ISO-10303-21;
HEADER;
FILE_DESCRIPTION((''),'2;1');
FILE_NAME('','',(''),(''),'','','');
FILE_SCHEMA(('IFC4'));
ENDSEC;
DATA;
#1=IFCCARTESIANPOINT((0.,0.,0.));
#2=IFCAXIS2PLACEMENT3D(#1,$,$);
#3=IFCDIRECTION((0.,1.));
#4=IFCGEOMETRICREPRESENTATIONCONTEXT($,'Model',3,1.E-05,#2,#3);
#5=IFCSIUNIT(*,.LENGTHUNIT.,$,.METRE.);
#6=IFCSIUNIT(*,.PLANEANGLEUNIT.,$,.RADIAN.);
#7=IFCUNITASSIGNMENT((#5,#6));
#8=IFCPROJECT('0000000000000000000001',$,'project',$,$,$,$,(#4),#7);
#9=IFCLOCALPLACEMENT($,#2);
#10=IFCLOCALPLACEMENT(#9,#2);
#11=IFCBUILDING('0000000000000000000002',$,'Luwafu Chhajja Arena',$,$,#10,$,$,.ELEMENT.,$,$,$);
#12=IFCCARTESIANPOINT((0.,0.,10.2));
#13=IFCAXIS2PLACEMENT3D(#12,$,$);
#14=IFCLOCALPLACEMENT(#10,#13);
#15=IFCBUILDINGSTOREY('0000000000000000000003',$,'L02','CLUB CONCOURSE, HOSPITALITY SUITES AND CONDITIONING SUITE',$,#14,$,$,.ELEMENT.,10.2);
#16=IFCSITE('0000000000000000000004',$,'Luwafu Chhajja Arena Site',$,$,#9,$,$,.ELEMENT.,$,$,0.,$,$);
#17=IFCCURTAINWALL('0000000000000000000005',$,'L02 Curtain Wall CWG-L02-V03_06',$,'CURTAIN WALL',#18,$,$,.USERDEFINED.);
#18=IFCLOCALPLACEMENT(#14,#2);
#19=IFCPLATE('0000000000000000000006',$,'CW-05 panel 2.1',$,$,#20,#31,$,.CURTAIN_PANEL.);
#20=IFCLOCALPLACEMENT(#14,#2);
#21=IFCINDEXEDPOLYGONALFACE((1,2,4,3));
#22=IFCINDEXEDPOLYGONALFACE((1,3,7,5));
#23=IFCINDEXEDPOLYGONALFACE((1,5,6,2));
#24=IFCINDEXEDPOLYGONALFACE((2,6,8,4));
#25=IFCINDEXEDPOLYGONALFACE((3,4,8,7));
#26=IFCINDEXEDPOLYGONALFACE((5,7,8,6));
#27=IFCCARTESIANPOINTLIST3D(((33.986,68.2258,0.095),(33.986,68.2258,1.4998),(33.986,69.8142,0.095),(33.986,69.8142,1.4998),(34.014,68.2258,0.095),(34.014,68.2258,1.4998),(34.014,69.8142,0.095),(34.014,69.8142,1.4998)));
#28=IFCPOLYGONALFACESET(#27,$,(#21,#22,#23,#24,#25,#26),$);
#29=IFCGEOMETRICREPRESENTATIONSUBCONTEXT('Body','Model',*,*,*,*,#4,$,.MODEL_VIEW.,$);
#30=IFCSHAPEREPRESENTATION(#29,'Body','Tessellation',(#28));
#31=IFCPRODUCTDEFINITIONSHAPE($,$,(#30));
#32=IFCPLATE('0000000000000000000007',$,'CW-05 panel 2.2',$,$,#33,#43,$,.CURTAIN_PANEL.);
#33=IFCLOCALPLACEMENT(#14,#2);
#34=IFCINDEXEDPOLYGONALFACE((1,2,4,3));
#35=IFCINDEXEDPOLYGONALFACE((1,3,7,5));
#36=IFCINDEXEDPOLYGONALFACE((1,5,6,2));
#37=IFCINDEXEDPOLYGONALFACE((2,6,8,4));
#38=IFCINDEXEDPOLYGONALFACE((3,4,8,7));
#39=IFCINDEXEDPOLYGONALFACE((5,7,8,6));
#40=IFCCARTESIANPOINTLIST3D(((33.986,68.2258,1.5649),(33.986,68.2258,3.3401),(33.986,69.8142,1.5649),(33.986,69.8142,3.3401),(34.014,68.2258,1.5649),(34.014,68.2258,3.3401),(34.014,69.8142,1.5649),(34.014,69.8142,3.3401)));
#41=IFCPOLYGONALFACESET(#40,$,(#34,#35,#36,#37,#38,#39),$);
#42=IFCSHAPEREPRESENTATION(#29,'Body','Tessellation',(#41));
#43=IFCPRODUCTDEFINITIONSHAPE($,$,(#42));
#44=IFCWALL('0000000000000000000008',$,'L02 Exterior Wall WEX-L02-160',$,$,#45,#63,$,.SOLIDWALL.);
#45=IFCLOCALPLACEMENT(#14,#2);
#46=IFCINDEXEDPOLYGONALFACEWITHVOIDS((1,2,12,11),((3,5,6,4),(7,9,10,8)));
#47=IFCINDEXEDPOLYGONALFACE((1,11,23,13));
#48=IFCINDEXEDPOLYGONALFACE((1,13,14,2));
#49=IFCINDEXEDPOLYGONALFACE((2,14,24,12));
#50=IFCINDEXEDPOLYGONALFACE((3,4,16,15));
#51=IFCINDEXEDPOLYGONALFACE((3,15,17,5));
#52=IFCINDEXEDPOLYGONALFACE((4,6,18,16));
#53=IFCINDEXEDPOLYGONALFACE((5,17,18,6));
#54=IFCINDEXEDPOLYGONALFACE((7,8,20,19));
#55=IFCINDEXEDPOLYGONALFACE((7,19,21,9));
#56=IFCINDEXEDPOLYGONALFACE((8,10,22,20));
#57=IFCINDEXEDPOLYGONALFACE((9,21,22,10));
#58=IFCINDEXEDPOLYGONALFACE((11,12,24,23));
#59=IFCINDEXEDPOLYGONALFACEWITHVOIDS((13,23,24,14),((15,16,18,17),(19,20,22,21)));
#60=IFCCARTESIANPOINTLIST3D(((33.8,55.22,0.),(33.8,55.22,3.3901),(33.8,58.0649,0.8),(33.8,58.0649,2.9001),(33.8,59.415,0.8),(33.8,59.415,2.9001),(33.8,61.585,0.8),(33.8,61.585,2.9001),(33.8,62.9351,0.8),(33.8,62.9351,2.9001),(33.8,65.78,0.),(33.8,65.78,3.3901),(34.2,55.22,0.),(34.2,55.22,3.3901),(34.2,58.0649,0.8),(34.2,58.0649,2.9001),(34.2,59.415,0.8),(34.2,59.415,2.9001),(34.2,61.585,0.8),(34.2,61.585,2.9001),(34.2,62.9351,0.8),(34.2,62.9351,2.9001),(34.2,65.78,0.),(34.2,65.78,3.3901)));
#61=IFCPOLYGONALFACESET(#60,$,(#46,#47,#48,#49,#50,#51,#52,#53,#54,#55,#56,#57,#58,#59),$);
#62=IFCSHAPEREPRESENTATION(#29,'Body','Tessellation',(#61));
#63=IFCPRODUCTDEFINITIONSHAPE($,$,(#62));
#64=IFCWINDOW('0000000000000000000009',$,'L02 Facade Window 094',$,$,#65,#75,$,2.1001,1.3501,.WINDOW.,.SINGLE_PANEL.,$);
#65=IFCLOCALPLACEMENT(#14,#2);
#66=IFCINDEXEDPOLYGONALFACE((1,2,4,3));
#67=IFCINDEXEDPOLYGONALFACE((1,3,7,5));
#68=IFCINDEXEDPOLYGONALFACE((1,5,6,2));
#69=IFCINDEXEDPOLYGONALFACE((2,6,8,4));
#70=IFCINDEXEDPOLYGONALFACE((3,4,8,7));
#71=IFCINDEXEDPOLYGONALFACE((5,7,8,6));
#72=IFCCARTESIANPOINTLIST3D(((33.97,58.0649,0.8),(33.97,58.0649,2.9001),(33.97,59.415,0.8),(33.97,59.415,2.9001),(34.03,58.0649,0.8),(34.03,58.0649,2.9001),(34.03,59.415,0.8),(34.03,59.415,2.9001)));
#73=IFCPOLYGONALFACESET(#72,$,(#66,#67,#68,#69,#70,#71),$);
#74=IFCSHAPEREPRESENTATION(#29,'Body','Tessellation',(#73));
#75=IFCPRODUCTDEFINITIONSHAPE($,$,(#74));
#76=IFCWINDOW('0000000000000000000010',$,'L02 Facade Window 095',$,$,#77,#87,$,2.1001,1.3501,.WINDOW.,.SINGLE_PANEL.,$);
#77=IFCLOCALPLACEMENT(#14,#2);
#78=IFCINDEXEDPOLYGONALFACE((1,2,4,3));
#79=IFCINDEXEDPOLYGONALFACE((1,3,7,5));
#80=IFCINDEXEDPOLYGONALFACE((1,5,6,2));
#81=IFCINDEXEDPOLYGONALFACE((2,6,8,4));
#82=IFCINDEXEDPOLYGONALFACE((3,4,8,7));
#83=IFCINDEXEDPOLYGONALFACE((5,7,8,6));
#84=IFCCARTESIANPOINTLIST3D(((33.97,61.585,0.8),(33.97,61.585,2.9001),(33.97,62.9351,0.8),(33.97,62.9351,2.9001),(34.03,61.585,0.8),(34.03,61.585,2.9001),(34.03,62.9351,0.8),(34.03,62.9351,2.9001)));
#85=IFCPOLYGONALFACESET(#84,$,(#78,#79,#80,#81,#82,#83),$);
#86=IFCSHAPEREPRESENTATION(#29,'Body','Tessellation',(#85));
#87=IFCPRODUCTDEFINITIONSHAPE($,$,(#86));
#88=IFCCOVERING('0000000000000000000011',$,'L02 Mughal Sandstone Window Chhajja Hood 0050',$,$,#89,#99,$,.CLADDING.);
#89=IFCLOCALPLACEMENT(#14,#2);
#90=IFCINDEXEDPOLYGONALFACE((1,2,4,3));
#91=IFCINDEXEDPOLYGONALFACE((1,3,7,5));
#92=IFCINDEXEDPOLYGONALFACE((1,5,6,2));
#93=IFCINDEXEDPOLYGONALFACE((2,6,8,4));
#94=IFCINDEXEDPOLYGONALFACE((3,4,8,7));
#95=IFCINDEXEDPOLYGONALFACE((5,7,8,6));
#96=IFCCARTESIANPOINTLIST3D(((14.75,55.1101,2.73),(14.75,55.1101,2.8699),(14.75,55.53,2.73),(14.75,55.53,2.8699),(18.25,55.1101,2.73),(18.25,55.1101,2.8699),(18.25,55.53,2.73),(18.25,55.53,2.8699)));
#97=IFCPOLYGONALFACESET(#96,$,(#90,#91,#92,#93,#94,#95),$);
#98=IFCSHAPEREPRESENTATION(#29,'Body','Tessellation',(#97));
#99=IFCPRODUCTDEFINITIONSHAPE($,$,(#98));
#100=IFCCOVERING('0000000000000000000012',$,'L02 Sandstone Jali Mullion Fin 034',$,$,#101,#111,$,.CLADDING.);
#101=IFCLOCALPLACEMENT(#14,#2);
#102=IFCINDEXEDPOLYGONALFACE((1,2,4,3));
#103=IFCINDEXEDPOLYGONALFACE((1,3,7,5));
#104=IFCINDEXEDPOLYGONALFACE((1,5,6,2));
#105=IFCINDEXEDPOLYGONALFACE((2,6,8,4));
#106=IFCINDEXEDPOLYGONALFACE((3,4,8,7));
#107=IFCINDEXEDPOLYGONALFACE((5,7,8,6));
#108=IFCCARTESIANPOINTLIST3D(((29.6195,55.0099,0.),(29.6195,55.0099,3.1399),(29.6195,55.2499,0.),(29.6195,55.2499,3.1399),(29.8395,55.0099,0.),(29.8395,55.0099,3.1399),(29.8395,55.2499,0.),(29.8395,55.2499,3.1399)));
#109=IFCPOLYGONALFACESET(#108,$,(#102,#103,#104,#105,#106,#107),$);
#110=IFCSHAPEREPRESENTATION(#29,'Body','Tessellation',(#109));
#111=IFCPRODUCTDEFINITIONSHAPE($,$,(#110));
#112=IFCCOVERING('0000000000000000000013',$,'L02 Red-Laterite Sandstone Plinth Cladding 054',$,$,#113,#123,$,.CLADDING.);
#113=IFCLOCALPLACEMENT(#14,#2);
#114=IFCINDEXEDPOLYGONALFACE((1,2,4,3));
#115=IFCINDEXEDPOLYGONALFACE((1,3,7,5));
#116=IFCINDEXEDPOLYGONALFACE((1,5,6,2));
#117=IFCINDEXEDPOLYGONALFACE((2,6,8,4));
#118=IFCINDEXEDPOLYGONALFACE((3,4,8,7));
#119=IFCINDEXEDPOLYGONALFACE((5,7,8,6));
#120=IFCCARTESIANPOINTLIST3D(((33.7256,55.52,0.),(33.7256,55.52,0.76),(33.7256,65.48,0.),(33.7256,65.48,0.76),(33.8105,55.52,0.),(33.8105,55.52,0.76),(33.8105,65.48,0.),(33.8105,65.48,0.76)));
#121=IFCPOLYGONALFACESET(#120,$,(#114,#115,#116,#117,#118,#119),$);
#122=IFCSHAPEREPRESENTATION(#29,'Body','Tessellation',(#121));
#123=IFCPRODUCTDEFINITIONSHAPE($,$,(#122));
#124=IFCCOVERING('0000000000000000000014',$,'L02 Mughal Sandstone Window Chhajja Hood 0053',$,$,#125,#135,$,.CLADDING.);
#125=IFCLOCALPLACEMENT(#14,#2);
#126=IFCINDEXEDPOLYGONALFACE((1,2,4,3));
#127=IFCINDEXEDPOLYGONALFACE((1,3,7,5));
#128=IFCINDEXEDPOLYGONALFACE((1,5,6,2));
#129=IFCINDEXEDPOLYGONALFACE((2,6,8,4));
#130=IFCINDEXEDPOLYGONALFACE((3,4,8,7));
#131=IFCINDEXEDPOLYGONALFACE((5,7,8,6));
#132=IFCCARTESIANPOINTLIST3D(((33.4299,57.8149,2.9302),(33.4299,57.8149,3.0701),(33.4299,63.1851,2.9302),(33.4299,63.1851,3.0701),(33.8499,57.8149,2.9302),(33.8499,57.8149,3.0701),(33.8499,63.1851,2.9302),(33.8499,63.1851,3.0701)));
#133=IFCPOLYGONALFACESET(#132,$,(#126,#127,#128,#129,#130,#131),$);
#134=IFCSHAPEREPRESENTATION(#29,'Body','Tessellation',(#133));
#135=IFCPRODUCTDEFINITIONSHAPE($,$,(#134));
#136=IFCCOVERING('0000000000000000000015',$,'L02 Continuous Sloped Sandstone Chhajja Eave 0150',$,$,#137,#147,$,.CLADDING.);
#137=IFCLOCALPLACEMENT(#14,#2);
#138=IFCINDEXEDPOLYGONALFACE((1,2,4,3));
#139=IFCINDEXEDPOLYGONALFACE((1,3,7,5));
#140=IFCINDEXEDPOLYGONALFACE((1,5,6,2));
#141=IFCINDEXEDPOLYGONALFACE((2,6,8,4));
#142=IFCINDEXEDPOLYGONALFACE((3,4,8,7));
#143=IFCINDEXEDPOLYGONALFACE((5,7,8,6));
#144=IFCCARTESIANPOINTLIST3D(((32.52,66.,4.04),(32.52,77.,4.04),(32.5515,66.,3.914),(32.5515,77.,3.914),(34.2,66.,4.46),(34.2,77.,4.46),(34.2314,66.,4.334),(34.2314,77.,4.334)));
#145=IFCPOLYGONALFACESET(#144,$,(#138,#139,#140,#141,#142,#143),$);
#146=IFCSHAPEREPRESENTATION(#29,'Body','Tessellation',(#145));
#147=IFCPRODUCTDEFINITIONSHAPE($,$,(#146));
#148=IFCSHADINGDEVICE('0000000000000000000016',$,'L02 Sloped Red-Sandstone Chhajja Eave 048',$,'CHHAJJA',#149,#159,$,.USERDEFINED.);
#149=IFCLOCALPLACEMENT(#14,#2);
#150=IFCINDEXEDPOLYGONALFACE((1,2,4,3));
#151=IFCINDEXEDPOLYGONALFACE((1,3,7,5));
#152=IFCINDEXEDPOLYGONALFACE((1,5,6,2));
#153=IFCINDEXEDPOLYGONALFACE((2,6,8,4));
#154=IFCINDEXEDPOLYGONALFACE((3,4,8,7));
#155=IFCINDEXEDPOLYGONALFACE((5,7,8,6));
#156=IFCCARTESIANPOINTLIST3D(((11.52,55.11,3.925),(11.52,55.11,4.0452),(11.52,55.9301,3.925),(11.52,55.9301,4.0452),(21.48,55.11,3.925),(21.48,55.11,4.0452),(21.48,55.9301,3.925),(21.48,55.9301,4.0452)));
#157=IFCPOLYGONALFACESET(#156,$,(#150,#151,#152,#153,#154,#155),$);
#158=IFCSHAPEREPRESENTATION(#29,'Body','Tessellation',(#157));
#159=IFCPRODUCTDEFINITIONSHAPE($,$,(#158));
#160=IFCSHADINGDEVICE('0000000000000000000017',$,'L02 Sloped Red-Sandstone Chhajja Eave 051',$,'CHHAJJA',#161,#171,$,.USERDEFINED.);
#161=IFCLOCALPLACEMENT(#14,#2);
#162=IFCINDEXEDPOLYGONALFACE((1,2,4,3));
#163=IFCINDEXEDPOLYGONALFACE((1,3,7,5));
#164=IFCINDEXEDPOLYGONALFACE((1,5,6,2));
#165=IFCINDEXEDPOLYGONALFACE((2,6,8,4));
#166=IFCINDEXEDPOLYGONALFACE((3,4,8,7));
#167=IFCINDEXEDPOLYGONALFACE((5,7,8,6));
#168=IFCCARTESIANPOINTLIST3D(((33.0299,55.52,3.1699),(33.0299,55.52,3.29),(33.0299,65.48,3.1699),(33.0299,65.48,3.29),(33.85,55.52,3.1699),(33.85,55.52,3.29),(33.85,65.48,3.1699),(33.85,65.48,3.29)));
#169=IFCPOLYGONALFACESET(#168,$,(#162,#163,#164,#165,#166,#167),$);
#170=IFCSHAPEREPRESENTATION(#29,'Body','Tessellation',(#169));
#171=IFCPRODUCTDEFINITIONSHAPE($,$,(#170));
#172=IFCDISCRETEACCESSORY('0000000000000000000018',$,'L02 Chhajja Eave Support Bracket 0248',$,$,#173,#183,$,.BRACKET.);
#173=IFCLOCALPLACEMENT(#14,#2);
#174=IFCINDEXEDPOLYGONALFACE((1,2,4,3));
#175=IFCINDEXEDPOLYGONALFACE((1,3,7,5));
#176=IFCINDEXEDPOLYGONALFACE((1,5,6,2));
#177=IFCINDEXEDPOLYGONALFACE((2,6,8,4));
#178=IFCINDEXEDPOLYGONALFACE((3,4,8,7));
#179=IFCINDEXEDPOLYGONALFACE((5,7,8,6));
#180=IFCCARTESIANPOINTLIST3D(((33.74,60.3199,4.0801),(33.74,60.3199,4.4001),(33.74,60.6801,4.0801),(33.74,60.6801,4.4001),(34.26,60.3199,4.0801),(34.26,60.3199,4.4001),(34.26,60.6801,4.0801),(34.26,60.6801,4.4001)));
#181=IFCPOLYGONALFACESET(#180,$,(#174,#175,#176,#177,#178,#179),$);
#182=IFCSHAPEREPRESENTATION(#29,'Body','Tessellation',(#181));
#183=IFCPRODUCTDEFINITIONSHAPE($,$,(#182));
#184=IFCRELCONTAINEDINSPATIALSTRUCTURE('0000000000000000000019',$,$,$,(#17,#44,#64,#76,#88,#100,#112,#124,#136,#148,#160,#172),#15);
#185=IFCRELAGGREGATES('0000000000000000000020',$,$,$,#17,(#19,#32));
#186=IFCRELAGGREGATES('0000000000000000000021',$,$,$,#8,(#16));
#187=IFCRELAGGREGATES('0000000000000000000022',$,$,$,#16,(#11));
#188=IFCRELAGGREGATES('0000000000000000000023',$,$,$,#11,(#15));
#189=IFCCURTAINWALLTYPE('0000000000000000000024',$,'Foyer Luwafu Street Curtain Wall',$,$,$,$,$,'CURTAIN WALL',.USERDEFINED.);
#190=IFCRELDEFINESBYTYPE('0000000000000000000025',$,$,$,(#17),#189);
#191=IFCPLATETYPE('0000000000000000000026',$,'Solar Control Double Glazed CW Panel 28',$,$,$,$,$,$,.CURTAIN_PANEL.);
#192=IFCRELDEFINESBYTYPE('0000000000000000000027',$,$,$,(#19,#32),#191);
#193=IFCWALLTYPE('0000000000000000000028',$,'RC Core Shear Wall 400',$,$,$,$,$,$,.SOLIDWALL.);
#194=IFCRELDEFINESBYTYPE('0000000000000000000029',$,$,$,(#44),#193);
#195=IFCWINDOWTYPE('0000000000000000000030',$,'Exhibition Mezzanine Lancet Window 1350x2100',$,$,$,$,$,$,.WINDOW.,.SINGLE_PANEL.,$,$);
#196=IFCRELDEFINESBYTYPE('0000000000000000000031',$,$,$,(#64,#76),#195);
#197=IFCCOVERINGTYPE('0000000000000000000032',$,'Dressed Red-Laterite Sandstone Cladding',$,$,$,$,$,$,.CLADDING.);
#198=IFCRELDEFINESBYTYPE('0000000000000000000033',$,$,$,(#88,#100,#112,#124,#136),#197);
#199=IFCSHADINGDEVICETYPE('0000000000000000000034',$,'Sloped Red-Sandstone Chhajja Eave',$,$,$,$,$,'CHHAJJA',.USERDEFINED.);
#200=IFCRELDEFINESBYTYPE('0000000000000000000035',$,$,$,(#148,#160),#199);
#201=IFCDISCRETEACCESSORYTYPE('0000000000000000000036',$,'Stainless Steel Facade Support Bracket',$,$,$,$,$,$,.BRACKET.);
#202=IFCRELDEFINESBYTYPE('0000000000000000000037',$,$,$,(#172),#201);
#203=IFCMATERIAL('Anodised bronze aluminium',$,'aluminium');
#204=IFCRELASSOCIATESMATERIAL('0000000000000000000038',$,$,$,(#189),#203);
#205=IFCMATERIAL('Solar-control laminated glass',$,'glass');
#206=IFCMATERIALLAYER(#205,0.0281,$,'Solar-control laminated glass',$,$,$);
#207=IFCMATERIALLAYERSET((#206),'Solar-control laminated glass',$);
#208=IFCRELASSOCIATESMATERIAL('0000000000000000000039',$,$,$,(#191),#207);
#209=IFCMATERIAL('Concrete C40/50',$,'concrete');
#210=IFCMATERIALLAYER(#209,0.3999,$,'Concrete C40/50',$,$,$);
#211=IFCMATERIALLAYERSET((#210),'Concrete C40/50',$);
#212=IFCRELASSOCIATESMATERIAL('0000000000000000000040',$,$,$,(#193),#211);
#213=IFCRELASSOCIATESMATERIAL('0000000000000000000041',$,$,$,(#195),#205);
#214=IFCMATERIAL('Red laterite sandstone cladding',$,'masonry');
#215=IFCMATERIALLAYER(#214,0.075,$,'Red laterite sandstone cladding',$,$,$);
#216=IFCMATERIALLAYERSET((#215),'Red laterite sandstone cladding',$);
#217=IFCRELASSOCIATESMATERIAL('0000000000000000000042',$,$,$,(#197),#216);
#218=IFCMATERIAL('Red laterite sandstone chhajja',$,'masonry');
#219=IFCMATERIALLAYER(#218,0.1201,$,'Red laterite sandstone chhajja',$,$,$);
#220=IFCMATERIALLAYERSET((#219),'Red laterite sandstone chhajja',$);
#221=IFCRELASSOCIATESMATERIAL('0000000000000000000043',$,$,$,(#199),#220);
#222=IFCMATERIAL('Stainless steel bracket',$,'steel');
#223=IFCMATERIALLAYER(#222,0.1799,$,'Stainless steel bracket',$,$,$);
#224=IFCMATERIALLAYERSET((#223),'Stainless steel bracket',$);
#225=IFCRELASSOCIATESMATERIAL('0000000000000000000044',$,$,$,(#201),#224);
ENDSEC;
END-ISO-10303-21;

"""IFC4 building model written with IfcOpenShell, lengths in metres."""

from ifc_helpers import new_model, si_unit, direction, frame, frame_2d, origin, origin_2d, place, context, subcontext, project, spatial, polyline, rectangle, outline, extrude, material, layer, layer_set, type_object, element, fill, aggregate, save


model = new_model("IFC4")

# Units and contexts
model_context = context("Model", 3, precision=1e-05, world=origin(), true_north=direction((0.0, 1.0)))
body_context = subcontext(model_context, "Body", "Model", "MODEL_VIEW")
ifc_project = project(units=[si_unit("LENGTHUNIT", "METRE"), si_unit("PLANEANGLEUNIT", "RADIAN")], contexts=[model_context])

# Site, building, storey
site_placement = place(None, origin())
site = spatial("IfcSite", under=ifc_project, at=site_placement, Name="Luwafu Chhajja Arena Site", CompositionType="ELEMENT", RefElevation=0.0)
building_placement = place(site_placement, origin())
building = spatial("IfcBuilding", under=site, at=building_placement, Name="Luwafu Chhajja Arena", CompositionType="ELEMENT")
storey_placement = place(building_placement, frame((0.0, 0.0, 10.2)))
storey = spatial("IfcBuildingStorey", under=building, at=storey_placement, Name="L02", Description="CLUB CONCOURSE, HOSPITALITY SUITES AND CONDITIONING SUITE", CompositionType="ELEMENT", Elevation=10.2)

# Shared definitions
ifc_material_1 = material(Name="Concrete C40/50", Category="concrete")

# Curtain wall
ifc_material_2 = material(Name="Anodised bronze aluminium", Category="aluminium")
curtain_wall_type = type_object("IfcCurtainWallType", Name="Foyer Luwafu Street Curtain Wall", ElementType="CURTAIN WALL", PredefinedType="USERDEFINED", material=ifc_material_2)
curtain_wall_placement = place(storey_placement, origin())
curtain_wall = element("IfcCurtainWall", 1, at=curtain_wall_placement, inside=storey, type_object=curtain_wall_type, Name="L02 Curtain Wall CWG-L02-V03_06", ObjectType="CURTAIN WALL", PredefinedType="USERDEFINED")

# Plates
ifc_material_3 = material(Name="Solar-control laminated glass", Category="glass")
ifc_layer_1 = layer(ifc_material_3, 0.0281, Name="Solar-control laminated glass")
ifc_layer_set_1 = layer_set([ifc_layer_1], Name="Solar-control laminated glass")
plate_type = type_object("IfcPlateType", Name="Solar Control Double Glazed CW Panel 28", PredefinedType="CURTAIN_PANEL", material=ifc_layer_set_1)
plate_1_placement = place(storey_placement, frame((34.0, 69.02, 0.095), z_axis=(0.0, 0.0, 1.0), x_axis=(0.0, 1.0, 0.0)))
plate_1 = element("IfcPlate", 2, at=plate_1_placement, type_object=plate_type, Name="CW-05 panel 2.1", PredefinedType="CURTAIN_PANEL", context=body_context, shape_type="SweptSolid", body=[
    extrude(rectangle(XDim=1.5884, YDim=0.0281, at=origin_2d()), origin(), (0.0, 0.0, 1.0), 1.4048),
])
plate_2_placement = place(storey_placement, frame((34.0, 69.02, 1.5649), z_axis=(0.0, 0.0, 1.0), x_axis=(0.0, 1.0, 0.0)))
plate_2 = element("IfcPlate", 3, at=plate_2_placement, type_object=plate_type, Name="CW-05 panel 2.2", PredefinedType="CURTAIN_PANEL", context=body_context, shape_type="SweptSolid", body=[
    extrude(rectangle(XDim=1.5884, YDim=0.0281, at=origin_2d()), origin(), (0.0, 0.0, 1.0), 1.7751),
])
aggregate(curtain_wall, [plate_1, plate_2])

# Wall, openings, windows
ifc_layer_2 = layer(ifc_material_1, 0.3999, Name="Concrete C40/50")
ifc_layer_set_2 = layer_set([ifc_layer_2], Name="Concrete C40/50")
wall_type = type_object("IfcWallType", Name="RC Core Shear Wall 400", PredefinedType="SOLIDWALL", material=ifc_layer_set_2)
wall_placement = place(storey_placement, frame((34.0, 55.22, 0.0), z_axis=(0.0, 0.0, 1.0), x_axis=(0.0, 1.0, 0.0)))
wall = element("IfcWall", 4, at=wall_placement, inside=storey, type_object=wall_type, Name="L02 Exterior Wall WEX-L02-160", PredefinedType="SOLIDWALL", context=body_context, shape_type="SweptSolid", body=[
    extrude(rectangle(XDim=10.5601, YDim=0.3999, at=frame_2d((5.28, 0.0))), origin(), (0.0, 0.0, 1.0), 3.3901),
])
opening_1_placement = place(wall_placement, frame((2.845, 0.0, 0.8)))
opening_1 = element("IfcOpeningElement", 5, at=opening_1_placement, cuts=wall, PredefinedType="OPENING", context=body_context, shape_type="SweptSolid", body=[
    extrude(rectangle(XDim=1.3501, YDim=2.1001, at=frame_2d((0.675, 1.05))), frame((0.0, 0.21, 0.0), z_axis=(0.0, -1.0, 0.0), x_axis=(1.0, 0.0, 0.0)), (0.0, 0.0, 1.0), 0.4199),
])
opening_2_placement = place(wall_placement, frame((6.365, 0.0, 0.8)))
opening_2 = element("IfcOpeningElement", 6, at=opening_2_placement, cuts=wall, PredefinedType="OPENING", context=body_context, shape_type="SweptSolid", body=[
    extrude(rectangle(XDim=1.3501, YDim=2.1001, at=frame_2d((0.675, 1.05))), frame((0.0, 0.21, 0.0), z_axis=(0.0, -1.0, 0.0), x_axis=(1.0, 0.0, 0.0)), (0.0, 0.0, 1.0), 0.4199),
])
window_type = type_object("IfcWindowType", Name="Exhibition Mezzanine Lancet Window 1350x2100", PartitioningType="SINGLE_PANEL", PredefinedType="WINDOW", material=ifc_material_3)
window_1_placement = place(opening_1_placement, origin())
window_1 = element("IfcWindow", 7, at=window_1_placement, inside=storey, type_object=window_type, Name="L02 Facade Window 094", OverallHeight=2.1001, OverallWidth=1.3501, PartitioningType="SINGLE_PANEL", PredefinedType="WINDOW", context=body_context, shape_type="SweptSolid", body=[
    extrude(rectangle(XDim=1.3501, YDim=2.1001, at=frame_2d((0.675, 1.05))), frame((0.0, 0.03, 0.0), z_axis=(0.0, -1.0, 0.0), x_axis=(1.0, 0.0, 0.0)), (0.0, 0.0, 1.0), 0.0601),
])
fill(opening_1, window_1)
window_2_placement = place(opening_2_placement, origin())
window_2 = element("IfcWindow", 8, at=window_2_placement, inside=storey, type_object=window_type, Name="L02 Facade Window 095", OverallHeight=2.1001, OverallWidth=1.3501, PartitioningType="SINGLE_PANEL", PredefinedType="WINDOW", context=body_context, shape_type="SweptSolid", body=[
    extrude(rectangle(XDim=1.3501, YDim=2.1001, at=frame_2d((0.675, 1.05))), frame((0.0, 0.03, 0.0), z_axis=(0.0, -1.0, 0.0), x_axis=(1.0, 0.0, 0.0)), (0.0, 0.0, 1.0), 0.0601),
])
fill(opening_2, window_2)

# Coverings
ifc_material_4 = material(Name="Red laterite sandstone cladding", Category="masonry")
ifc_layer_3 = layer(ifc_material_4, 0.075, Name="Red laterite sandstone cladding")
ifc_layer_set_3 = layer_set([ifc_layer_3], Name="Red laterite sandstone cladding")
covering_type = type_object("IfcCoveringType", Name="Dressed Red-Laterite Sandstone Cladding", PredefinedType="CLADDING", material=ifc_layer_set_3)
covering_1_placement = place(storey_placement, frame((16.5, 55.3201, 2.73), z_axis=(0.0, 0.0, 1.0), x_axis=(1.0, 0.0, 0.0)))
element("IfcCovering", 9, at=covering_1_placement, inside=storey, type_object=covering_type, Name="L02 Mughal Sandstone Window Chhajja Hood 0050", PredefinedType="CLADDING", context=body_context, shape_type="SweptSolid", body=[
    extrude(rectangle(XDim=3.5, YDim=0.4199, at=origin_2d()), origin(), (0.0, 0.0, 1.0), 0.1399),
])
covering_2_placement = place(storey_placement, frame((29.7295, 55.1299, 0.0), z_axis=(0.0, 0.0, 1.0), x_axis=(1.0, 0.0, 0.0)))
element("IfcCovering", 10, at=covering_2_placement, inside=storey, type_object=covering_type, Name="L02 Sandstone Jali Mullion Fin 034", PredefinedType="CLADDING", context=body_context, shape_type="SweptSolid", body=[
    extrude(rectangle(XDim=0.22, YDim=0.24, at=origin_2d()), origin(), (0.0, 0.0, 1.0), 3.1399),
])
covering_3_placement = place(storey_placement, frame((33.7681, 60.5, 0.0), z_axis=(0.0, 0.0, 1.0), x_axis=(0.0, 1.0, 0.0)))
element("IfcCovering", 11, at=covering_3_placement, inside=storey, type_object=covering_type, Name="L02 Red-Laterite Sandstone Plinth Cladding 054", PredefinedType="CLADDING", context=body_context, shape_type="SweptSolid", body=[
    extrude(rectangle(XDim=9.96, YDim=0.085, at=origin_2d()), origin(), (0.0, 0.0, 1.0), 0.76),
])
covering_4_placement = place(storey_placement, frame((33.6399, 60.5, 2.9302), z_axis=(0.0, 0.0, 1.0), x_axis=(0.0, 1.0, 0.0)))
element("IfcCovering", 12, at=covering_4_placement, inside=storey, type_object=covering_type, Name="L02 Mughal Sandstone Window Chhajja Hood 0053", PredefinedType="CLADDING", context=body_context, shape_type="SweptSolid", body=[
    extrude(rectangle(XDim=5.3701, YDim=0.4199, at=origin_2d()), origin(), (0.0, 0.0, 1.0), 0.1399),
])
covering_5_placement = place(storey_placement, frame((34.2, 66.0, 4.46), z_axis=(-0.242502, 0.0, 0.970151), x_axis=(0.0, 1.0, 0.0)))
element("IfcCovering", 13, at=covering_5_placement, inside=storey, type_object=covering_type, Name="L02 Continuous Sloped Sandstone Chhajja Eave 0150", PredefinedType="CLADDING", context=body_context, shape_type="SweptSolid", body=[
    extrude(outline(polyline([(0.0, 0.0), (11.0, 0.0), (11.0, 1.7316), (0.0, 1.7316), (0.0, 0.0)])), origin(), (0.0, 0.0, -1.0), 0.1299),
])

# Shading devices
ifc_material_5 = material(Name="Red laterite sandstone chhajja", Category="masonry")
ifc_layer_4 = layer(ifc_material_5, 0.1201, Name="Red laterite sandstone chhajja")
ifc_layer_set_4 = layer_set([ifc_layer_4], Name="Red laterite sandstone chhajja")
shading_device_type = type_object("IfcShadingDeviceType", Name="Sloped Red-Sandstone Chhajja Eave", ElementType="CHHAJJA", PredefinedType="USERDEFINED", material=ifc_layer_set_4)
for number, where, z_axis, x_axis, name in (
    (14, (16.5, 55.52, 3.925), (0.0, 0.0, 1.0), (1.0, 0.0, 0.0), "L02 Sloped Red-Sandstone Chhajja Eave 048"),
    (15, (33.4399, 60.5, 3.1699), (0.0, 0.0, 1.0), (0.0, 1.0, 0.0), "L02 Sloped Red-Sandstone Chhajja Eave 051"),
):
    element("IfcShadingDevice", number, at=place(storey_placement, frame(where, z_axis=z_axis, x_axis=x_axis)), inside=storey, type_object=shading_device_type, Name=name, ObjectType="CHHAJJA", PredefinedType="USERDEFINED", context=body_context, shape_type="SweptSolid", body=[
        extrude(rectangle(XDim=9.96, YDim=0.8201, at=origin_2d()), origin(), (0.0, 0.0, 1.0), 0.1201),
    ])

# Discrete accessory
ifc_material_6 = material(Name="Stainless steel bracket", Category="steel")
ifc_layer_5 = layer(ifc_material_6, 0.1799, Name="Stainless steel bracket")
ifc_layer_set_5 = layer_set([ifc_layer_5], Name="Stainless steel bracket")
discrete_accessory_type = type_object("IfcDiscreteAccessoryType", Name="Stainless Steel Facade Support Bracket", PredefinedType="BRACKET", material=ifc_layer_set_5)
discrete_accessory_placement = place(storey_placement, frame((34.0, 60.5, 4.0801), z_axis=(0.0, 0.0, 1.0), x_axis=(0.0, 1.0, 0.0)))
element("IfcDiscreteAccessory", 16, at=discrete_accessory_placement, inside=storey, type_object=discrete_accessory_type, Name="L02 Chhajja Eave Support Bracket 0248", PredefinedType="BRACKET", context=body_context, shape_type="SweptSolid", body=[
    extrude(rectangle(XDim=0.3601, YDim=0.52, at=origin_2d()), origin(), (0.0, 0.0, 1.0), 0.3201),
])

save(model, "model.ifc")
